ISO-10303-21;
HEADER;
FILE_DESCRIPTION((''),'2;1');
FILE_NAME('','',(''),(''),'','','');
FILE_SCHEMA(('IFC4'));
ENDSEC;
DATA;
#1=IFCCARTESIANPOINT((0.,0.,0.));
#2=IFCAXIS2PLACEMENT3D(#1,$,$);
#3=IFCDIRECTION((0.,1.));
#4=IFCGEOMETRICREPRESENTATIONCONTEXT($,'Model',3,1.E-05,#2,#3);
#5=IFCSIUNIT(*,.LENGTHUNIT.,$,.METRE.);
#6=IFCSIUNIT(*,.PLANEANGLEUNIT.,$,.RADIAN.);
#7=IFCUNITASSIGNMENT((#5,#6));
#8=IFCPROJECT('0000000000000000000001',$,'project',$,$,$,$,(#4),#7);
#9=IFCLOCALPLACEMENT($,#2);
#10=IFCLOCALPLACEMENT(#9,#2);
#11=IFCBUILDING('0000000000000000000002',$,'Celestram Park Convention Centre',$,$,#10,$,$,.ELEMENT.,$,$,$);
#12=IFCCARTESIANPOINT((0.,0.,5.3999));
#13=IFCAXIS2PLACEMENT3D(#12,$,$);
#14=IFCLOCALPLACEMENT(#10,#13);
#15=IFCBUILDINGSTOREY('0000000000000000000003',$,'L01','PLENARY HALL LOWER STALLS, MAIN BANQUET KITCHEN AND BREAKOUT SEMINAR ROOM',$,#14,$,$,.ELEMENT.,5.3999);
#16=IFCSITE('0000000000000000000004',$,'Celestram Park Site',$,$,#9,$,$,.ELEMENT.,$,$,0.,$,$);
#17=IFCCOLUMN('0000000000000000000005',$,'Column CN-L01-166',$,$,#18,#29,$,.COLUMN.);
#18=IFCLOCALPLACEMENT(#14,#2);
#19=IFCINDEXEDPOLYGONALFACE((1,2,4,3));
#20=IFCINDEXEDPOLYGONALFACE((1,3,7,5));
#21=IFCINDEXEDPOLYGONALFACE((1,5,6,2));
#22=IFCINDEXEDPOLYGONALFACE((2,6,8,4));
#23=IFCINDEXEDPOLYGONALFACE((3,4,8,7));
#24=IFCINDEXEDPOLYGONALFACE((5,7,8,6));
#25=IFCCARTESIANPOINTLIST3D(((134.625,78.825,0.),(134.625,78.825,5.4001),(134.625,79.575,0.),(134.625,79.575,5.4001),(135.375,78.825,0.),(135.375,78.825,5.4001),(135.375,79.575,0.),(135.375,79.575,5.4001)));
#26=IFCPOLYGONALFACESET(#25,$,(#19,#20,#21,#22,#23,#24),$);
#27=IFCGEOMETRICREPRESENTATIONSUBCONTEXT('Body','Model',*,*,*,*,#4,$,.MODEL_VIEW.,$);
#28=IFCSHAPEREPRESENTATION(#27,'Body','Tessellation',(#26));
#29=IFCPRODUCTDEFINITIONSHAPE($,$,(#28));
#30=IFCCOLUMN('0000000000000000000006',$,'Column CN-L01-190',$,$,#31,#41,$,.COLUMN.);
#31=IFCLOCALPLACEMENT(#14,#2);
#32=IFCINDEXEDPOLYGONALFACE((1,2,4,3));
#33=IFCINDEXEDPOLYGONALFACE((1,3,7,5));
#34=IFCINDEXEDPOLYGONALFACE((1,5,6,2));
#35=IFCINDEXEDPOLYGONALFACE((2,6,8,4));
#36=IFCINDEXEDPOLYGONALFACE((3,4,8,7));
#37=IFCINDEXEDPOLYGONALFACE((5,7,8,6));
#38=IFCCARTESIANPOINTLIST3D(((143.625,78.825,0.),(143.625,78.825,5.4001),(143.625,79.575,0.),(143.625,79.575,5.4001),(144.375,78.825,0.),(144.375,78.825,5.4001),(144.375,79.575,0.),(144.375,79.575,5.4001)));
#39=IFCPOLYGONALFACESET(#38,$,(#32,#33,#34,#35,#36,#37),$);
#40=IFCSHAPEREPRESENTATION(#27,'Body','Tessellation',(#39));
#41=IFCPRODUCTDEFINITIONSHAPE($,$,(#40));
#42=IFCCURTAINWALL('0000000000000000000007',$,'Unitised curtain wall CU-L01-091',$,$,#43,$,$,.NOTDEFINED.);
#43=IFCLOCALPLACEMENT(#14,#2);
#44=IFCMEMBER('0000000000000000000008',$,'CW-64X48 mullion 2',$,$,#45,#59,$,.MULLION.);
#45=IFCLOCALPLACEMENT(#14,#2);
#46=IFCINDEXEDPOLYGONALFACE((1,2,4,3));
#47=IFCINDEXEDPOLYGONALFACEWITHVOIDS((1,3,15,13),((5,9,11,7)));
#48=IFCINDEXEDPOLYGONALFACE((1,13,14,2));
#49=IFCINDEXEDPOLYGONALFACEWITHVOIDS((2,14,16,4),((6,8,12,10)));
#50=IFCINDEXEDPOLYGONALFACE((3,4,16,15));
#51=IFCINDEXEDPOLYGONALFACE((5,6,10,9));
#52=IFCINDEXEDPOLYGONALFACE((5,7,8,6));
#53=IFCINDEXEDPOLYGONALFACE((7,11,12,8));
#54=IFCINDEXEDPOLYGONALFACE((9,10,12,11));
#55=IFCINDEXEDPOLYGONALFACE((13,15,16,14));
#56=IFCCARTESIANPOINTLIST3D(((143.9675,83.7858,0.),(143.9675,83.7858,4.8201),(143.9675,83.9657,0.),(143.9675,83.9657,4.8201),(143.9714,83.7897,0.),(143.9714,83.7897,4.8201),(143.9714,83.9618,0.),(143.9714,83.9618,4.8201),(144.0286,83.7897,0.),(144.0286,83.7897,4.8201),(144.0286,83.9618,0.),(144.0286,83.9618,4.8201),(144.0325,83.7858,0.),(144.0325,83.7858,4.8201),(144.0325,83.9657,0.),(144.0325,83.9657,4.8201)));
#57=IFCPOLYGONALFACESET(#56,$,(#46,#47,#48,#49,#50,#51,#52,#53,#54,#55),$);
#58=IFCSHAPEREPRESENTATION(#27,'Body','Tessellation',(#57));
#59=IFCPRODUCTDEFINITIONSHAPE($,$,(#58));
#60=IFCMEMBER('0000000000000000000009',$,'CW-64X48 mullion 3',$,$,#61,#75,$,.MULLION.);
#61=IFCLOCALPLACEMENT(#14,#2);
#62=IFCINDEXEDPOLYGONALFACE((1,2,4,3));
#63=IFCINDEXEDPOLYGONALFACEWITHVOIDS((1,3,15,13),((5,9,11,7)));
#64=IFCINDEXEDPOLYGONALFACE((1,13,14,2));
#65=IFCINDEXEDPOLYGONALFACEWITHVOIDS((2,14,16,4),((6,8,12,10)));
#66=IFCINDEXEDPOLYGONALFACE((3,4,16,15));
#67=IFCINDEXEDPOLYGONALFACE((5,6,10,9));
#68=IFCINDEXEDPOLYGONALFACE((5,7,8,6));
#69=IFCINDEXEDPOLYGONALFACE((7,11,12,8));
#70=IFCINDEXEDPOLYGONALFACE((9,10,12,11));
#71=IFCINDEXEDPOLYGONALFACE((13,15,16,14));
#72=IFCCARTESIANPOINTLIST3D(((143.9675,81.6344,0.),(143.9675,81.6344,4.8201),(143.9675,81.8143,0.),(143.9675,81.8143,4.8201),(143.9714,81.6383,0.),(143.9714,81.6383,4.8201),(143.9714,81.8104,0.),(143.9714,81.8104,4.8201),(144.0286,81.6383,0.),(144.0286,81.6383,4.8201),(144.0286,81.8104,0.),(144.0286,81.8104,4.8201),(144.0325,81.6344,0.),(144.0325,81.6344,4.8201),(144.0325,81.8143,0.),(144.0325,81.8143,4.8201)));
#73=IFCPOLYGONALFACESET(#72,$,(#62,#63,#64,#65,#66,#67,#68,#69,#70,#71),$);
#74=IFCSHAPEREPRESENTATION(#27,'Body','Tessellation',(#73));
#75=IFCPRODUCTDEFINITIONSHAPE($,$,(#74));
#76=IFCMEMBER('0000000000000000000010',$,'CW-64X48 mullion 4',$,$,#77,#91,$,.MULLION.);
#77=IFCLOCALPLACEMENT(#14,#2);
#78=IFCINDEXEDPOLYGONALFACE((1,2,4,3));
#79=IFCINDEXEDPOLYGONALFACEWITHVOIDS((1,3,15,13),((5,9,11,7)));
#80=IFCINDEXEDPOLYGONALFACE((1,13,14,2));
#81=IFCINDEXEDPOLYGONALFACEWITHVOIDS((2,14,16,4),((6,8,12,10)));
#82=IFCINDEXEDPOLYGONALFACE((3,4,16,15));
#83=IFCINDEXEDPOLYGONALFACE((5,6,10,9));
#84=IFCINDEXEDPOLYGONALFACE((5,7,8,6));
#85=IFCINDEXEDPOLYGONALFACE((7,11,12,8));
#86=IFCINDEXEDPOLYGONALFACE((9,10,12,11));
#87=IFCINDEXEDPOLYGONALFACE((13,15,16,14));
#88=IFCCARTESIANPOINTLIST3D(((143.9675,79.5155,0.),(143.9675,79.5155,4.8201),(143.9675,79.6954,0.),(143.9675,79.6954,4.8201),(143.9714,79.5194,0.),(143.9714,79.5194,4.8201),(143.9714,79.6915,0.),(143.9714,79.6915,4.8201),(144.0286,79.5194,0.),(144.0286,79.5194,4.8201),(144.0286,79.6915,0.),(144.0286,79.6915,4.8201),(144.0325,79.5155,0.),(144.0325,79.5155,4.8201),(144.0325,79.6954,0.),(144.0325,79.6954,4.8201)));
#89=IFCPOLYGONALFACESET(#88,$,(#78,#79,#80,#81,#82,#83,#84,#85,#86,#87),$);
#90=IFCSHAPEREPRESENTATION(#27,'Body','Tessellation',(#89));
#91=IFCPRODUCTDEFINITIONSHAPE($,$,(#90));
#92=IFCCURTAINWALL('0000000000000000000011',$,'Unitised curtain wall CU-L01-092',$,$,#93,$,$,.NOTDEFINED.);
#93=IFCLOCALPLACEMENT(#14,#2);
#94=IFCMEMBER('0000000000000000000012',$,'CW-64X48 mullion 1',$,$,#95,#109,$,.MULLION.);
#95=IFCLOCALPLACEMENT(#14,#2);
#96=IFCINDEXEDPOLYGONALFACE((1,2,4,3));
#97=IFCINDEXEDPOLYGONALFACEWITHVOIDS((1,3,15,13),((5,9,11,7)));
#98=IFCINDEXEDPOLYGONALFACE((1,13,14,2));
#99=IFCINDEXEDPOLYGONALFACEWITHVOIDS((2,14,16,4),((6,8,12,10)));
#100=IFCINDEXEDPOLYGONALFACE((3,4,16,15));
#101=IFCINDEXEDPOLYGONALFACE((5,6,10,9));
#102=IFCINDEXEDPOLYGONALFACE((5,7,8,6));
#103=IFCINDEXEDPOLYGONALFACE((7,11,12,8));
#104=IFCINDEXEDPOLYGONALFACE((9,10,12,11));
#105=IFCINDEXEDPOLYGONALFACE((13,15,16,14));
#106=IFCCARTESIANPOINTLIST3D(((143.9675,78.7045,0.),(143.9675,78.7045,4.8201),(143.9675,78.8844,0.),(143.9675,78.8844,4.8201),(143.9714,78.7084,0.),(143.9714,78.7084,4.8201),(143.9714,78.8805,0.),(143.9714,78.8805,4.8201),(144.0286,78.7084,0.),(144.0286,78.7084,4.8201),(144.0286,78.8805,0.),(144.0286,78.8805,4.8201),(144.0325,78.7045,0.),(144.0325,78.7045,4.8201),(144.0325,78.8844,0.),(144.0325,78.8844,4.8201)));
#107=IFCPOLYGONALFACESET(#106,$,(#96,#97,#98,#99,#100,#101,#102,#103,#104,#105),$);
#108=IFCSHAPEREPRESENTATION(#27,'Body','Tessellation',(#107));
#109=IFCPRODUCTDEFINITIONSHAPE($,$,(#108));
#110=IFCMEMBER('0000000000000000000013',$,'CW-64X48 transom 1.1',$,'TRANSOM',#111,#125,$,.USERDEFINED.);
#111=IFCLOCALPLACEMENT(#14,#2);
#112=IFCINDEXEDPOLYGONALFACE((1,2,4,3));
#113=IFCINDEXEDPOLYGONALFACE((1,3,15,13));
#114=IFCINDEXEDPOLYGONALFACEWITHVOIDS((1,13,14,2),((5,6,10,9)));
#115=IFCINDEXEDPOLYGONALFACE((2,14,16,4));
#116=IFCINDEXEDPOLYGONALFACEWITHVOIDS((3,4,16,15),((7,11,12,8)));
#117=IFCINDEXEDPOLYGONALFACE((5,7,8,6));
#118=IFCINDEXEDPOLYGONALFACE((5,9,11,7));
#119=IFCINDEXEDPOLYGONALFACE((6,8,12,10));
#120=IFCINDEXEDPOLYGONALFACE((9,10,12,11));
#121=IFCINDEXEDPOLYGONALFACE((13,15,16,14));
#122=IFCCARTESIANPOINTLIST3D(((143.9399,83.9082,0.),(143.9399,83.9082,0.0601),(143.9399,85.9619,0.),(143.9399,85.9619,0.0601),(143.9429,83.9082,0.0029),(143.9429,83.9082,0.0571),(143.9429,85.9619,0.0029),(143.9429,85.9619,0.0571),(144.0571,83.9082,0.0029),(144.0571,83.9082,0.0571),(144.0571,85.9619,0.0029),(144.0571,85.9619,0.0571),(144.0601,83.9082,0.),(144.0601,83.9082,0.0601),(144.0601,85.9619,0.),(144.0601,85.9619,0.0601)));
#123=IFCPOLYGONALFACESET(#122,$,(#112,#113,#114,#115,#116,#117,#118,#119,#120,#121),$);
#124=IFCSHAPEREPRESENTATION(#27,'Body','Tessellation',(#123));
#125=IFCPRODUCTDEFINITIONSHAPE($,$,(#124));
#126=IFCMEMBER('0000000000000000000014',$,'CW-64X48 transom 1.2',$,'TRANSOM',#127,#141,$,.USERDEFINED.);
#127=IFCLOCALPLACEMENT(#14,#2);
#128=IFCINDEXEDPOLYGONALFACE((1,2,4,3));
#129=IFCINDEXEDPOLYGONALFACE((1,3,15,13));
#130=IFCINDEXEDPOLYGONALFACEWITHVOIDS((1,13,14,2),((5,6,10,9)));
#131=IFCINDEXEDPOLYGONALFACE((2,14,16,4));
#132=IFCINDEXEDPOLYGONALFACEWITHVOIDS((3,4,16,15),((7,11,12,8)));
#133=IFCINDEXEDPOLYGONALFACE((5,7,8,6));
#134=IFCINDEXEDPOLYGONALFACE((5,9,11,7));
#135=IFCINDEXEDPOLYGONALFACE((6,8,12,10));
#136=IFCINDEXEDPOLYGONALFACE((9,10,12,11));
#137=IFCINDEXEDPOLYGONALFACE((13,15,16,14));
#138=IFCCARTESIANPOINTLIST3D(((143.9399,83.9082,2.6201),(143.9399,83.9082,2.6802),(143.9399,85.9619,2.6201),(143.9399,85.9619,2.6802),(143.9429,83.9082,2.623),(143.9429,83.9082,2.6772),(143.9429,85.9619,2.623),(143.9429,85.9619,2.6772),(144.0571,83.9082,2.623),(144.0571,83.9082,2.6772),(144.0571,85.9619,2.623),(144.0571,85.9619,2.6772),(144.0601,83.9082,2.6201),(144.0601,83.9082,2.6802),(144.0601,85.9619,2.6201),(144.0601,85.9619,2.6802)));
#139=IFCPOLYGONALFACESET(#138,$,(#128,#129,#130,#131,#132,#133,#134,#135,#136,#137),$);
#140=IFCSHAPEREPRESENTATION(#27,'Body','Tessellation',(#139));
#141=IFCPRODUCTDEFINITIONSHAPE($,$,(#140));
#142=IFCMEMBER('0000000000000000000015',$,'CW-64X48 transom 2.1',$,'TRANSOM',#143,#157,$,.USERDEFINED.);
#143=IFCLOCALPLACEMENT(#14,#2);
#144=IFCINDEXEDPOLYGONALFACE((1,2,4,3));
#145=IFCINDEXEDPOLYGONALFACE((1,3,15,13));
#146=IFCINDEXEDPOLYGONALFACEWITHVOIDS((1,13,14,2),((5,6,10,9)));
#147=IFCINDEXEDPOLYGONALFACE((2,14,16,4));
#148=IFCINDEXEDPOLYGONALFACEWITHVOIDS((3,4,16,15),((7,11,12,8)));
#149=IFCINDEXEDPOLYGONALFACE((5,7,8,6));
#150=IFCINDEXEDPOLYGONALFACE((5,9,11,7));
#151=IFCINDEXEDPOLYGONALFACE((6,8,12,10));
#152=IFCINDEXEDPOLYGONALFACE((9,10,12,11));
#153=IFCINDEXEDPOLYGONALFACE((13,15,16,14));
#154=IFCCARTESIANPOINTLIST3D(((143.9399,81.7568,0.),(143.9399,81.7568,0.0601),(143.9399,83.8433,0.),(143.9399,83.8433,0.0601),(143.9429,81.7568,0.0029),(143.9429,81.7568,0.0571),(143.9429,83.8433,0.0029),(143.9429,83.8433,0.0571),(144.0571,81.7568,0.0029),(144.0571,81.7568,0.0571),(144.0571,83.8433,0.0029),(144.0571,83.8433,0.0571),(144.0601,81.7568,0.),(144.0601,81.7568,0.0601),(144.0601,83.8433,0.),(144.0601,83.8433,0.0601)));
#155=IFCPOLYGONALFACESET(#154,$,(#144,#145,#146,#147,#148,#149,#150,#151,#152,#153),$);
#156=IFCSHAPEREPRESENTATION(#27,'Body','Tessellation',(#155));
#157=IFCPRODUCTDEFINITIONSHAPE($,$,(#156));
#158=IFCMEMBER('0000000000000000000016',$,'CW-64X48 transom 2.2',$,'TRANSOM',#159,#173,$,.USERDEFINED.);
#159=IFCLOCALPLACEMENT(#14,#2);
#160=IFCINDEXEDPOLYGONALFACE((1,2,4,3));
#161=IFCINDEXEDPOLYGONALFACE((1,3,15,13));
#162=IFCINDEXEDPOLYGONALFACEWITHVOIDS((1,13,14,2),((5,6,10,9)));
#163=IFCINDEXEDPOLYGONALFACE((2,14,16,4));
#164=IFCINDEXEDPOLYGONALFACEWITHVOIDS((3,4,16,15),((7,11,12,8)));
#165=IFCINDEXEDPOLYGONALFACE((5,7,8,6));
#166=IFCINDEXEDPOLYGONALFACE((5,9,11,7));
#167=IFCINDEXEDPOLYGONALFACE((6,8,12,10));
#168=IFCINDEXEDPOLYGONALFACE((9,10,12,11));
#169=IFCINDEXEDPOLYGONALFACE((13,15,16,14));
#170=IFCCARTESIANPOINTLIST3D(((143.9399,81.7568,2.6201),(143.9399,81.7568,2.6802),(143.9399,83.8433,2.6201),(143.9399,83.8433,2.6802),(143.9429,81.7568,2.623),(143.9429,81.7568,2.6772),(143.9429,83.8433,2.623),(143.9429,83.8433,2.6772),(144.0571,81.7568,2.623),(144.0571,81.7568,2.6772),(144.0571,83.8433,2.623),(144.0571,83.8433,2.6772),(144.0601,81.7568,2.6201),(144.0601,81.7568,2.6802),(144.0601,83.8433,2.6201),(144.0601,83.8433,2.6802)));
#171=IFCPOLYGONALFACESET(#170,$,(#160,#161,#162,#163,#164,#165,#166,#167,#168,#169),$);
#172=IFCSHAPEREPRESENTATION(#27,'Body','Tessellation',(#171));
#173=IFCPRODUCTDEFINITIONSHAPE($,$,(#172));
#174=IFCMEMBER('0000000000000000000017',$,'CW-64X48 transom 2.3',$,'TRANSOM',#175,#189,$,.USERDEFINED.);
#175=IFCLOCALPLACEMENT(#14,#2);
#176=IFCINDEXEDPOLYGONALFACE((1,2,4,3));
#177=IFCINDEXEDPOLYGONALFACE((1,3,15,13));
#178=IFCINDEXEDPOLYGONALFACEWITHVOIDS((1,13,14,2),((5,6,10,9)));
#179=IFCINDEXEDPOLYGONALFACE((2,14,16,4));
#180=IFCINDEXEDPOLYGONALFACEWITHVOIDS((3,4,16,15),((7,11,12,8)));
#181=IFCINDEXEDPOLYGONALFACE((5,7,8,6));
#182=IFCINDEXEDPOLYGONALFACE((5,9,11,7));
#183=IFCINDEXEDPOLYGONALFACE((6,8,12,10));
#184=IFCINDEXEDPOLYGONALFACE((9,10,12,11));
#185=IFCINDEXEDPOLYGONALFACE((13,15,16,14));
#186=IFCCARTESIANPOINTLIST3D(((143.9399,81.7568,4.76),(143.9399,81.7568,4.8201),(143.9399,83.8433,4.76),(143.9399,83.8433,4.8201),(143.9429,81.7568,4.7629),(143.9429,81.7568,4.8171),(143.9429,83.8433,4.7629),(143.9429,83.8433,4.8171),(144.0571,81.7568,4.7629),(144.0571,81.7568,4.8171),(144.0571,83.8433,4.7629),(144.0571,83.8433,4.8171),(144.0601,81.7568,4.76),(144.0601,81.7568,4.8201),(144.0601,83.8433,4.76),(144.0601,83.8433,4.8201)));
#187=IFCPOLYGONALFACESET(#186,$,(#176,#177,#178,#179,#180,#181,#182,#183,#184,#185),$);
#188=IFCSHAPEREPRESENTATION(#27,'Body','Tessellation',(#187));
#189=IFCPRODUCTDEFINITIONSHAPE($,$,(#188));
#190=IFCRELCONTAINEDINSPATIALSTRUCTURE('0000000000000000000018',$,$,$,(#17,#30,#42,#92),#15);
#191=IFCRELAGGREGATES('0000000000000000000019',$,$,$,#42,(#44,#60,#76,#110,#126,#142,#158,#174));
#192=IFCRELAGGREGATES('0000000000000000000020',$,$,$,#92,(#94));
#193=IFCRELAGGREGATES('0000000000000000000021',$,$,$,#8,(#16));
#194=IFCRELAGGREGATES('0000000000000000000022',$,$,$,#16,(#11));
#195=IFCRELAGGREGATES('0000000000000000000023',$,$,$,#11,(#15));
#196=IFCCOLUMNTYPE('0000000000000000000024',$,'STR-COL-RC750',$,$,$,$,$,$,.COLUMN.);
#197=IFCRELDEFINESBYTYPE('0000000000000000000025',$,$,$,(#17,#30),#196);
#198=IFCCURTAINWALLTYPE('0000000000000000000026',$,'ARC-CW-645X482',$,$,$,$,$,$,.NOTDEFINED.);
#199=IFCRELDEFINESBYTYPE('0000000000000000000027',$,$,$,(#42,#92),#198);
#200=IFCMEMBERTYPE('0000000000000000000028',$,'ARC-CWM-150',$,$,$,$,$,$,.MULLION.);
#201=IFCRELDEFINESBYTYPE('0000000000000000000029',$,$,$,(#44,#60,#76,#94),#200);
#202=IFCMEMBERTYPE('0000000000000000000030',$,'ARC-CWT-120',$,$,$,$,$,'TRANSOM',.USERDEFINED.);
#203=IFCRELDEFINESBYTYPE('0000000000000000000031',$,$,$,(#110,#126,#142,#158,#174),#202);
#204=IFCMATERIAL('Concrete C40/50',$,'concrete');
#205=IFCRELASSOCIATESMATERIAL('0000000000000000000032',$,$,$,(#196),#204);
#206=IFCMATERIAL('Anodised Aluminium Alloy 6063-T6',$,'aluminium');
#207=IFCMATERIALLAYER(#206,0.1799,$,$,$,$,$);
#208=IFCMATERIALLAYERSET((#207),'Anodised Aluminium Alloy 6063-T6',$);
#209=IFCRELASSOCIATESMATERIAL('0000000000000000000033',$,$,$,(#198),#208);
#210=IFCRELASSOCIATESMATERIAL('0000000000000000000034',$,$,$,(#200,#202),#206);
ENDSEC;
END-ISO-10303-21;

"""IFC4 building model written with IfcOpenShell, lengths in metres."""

from ifc_helpers import new_model, si_unit, direction, frame, origin, origin_2d, place, context, subcontext, project, spatial, rectangle, hollow_rectangle, extrude, material, layer, layer_set, material_profile, profile_set, type_object, element, aggregate, save


model = new_model("IFC4")

# Units and contexts
model_context = context("Model", 3, precision=1e-05, world=origin(), true_north=direction((0.0, 1.0)))
body_context = subcontext(model_context, "Body", "Model", "MODEL_VIEW")
ifc_project = project(units=[si_unit("LENGTHUNIT", "METRE"), si_unit("PLANEANGLEUNIT", "RADIAN")], contexts=[model_context])

# Site, building, storey
site_placement = place(None, origin())
site = spatial("IfcSite", under=ifc_project, at=site_placement, Name="Celestram Park Site", CompositionType="ELEMENT", RefElevation=0.0)
building_placement = place(site_placement, origin())
building = spatial("IfcBuilding", under=site, at=building_placement, Name="Celestram Park Convention Centre", CompositionType="ELEMENT")
storey_placement = place(building_placement, frame((0.0, 0.0, 5.3999)))
storey = spatial("IfcBuildingStorey", under=building, at=storey_placement, Name="L01", Description="PLENARY HALL LOWER STALLS, MAIN BANQUET KITCHEN AND BREAKOUT SEMINAR ROOM", CompositionType="ELEMENT", Elevation=5.3999)

# Columns
ifc_material_1 = material(Name="Concrete C40/50", Category="concrete")
ifc_material_profile_1 = material_profile(ifc_material_1, rectangle(XDim=0.75, YDim=0.75, at=origin_2d()), Name="RC750X750")
ifc_profile_set_1 = profile_set([ifc_material_profile_1], Name="Concrete C40/50")
column_type = type_object("IfcColumnType", Name="STR-COL-RC750", PredefinedType="COLUMN", material=ifc_profile_set_1)
for number, where, z_axis, x_axis, name in (
    (1, (135.0, 79.2, 0.0), (0.0, 0.0, 1.0), (1.0, 0.0, 0.0), "Column CN-L01-166"),
    (2, (144.0, 79.2, 0.0), (0.0, 0.0, 1.0), (1.0, 0.0, 0.0), "Column CN-L01-190"),
):
    element("IfcColumn", number, at=place(storey_placement, frame(where, z_axis=z_axis, x_axis=x_axis)), inside=storey, type_object=column_type, Name=name, PredefinedType="COLUMN", context=body_context, shape_type="SweptSolid", body=[
        extrude(rectangle(XDim=0.75, YDim=0.75, at=origin_2d()), origin(), (0.0, 0.0, 1.0), 5.4001),
    ])

# Curtain wall, members
ifc_material_2 = material(Name="Anodised Aluminium Alloy 6063-T6", Category="aluminium")
ifc_layer_1 = layer(ifc_material_2, 0.1799)
ifc_layer_set_1 = layer_set([ifc_layer_1], Name="Anodised Aluminium Alloy 6063-T6")
curtain_wall_type = type_object("IfcCurtainWallType", Name="ARC-CW-645X482", PredefinedType="NOTDEFINED", material=ifc_layer_set_1)
curtain_wall_1_placement = place(storey_placement, origin())
curtain_wall_1 = element("IfcCurtainWall", 3, at=curtain_wall_1_placement, inside=storey, type_object=curtain_wall_type, Name="Unitised curtain wall CU-L01-091", PredefinedType="NOTDEFINED")
ifc_material_profile_2 = material_profile(ifc_material_2, hollow_rectangle(XDim=0.0649, YDim=0.1799, WallThickness=0.0039, at=origin_2d()), Name="ALU65X180X4")
ifc_profile_set_2 = profile_set([ifc_material_profile_2], Name="Anodised Aluminium Alloy 6063-T6")
member_type_1 = type_object("IfcMemberType", Name="ARC-CWM-150", PredefinedType="MULLION", material=ifc_profile_set_2)
member_1_placement = place(storey_placement, frame((144.0, 83.8757, 0.0), z_axis=(0.0, 0.0, 1.0), x_axis=(1.0, 0.0, 0.0)))
member_1 = element("IfcMember", 4, at=member_1_placement, type_object=member_type_1, Name="CW-64X48 mullion 2", PredefinedType="MULLION", context=body_context, shape_type="SweptSolid", body=[
    extrude(hollow_rectangle(XDim=0.0649, YDim=0.1799, WallThickness=0.0039, at=origin_2d()), origin(), (0.0, 0.0, 1.0), 4.8201),
])
member_2_placement = place(storey_placement, frame((144.0, 81.7244, 0.0), z_axis=(0.0, 0.0, 1.0), x_axis=(1.0, 0.0, 0.0)))
member_2 = element("IfcMember", 5, at=member_2_placement, type_object=member_type_1, Name="CW-64X48 mullion 3", PredefinedType="MULLION", context=body_context, shape_type="SweptSolid", body=[
    extrude(hollow_rectangle(XDim=0.0649, YDim=0.1799, WallThickness=0.0039, at=origin_2d()), origin(), (0.0, 0.0, 1.0), 4.8201),
])
member_3_placement = place(storey_placement, frame((144.0, 79.6055, 0.0), z_axis=(0.0, 0.0, 1.0), x_axis=(1.0, 0.0, 0.0)))
member_3 = element("IfcMember", 6, at=member_3_placement, type_object=member_type_1, Name="CW-64X48 mullion 4", PredefinedType="MULLION", context=body_context, shape_type="SweptSolid", body=[
    extrude(hollow_rectangle(XDim=0.0649, YDim=0.1799, WallThickness=0.0039, at=origin_2d()), origin(), (0.0, 0.0, 1.0), 4.8201),
])

# Curtain wall, member
curtain_wall_2_placement = place(storey_placement, origin())
curtain_wall_2 = element("IfcCurtainWall", 7, at=curtain_wall_2_placement, inside=storey, type_object=curtain_wall_type, Name="Unitised curtain wall CU-L01-092", PredefinedType="NOTDEFINED")
member_4_placement = place(storey_placement, frame((144.0, 78.7944, 0.0), z_axis=(0.0, 0.0, 1.0), x_axis=(1.0, 0.0, 0.0)))
member_4 = element("IfcMember", 8, at=member_4_placement, type_object=member_type_1, Name="CW-64X48 mullion 1", PredefinedType="MULLION", context=body_context, shape_type="SweptSolid", body=[
    extrude(hollow_rectangle(XDim=0.0649, YDim=0.1799, WallThickness=0.0039, at=origin_2d()), origin(), (0.0, 0.0, 1.0), 4.8201),
])

# Members
ifc_material_profile_3 = material_profile(ifc_material_2, hollow_rectangle(XDim=0.1201, YDim=0.0601, WallThickness=0.0029, at=origin_2d()), Name="ALU120X60X3")
ifc_profile_set_3 = profile_set([ifc_material_profile_3], Name="Anodised Aluminium Alloy 6063-T6")
member_type_2 = type_object("IfcMemberType", Name="ARC-CWT-120", ElementType="TRANSOM", PredefinedType="USERDEFINED", material=ifc_profile_set_3)
member_5_placement = place(storey_placement, frame((144.0, 85.9619, 0.03), z_axis=(0.0, -1.0, 0.0), x_axis=(1.0, 0.0, 0.0)))
member_5 = element("IfcMember", 9, at=member_5_placement, type_object=member_type_2, Name="CW-64X48 transom 1.1", ObjectType="TRANSOM", PredefinedType="USERDEFINED", context=body_context, shape_type="SweptSolid", body=[
    extrude(hollow_rectangle(XDim=0.1201, YDim=0.0601, WallThickness=0.0029, at=origin_2d()), origin(), (0.0, 0.0, 1.0), 2.0537),
])
member_6_placement = place(storey_placement, frame((144.0, 85.9619, 2.6501), z_axis=(0.0, -1.0, 0.0), x_axis=(1.0, 0.0, 0.0)))
member_6 = element("IfcMember", 10, at=member_6_placement, type_object=member_type_2, Name="CW-64X48 transom 1.2", ObjectType="TRANSOM", PredefinedType="USERDEFINED", context=body_context, shape_type="SweptSolid", body=[
    extrude(hollow_rectangle(XDim=0.1201, YDim=0.0601, WallThickness=0.0029, at=origin_2d()), origin(), (0.0, 0.0, 1.0), 2.0537),
])
member_7_placement = place(storey_placement, frame((144.0, 83.8433, 0.03), z_axis=(0.0, -1.0, 0.0), x_axis=(1.0, 0.0, 0.0)))
member_7 = element("IfcMember", 11, at=member_7_placement, type_object=member_type_2, Name="CW-64X48 transom 2.1", ObjectType="TRANSOM", PredefinedType="USERDEFINED", context=body_context, shape_type="SweptSolid", body=[
    extrude(hollow_rectangle(XDim=0.1201, YDim=0.0601, WallThickness=0.0029, at=origin_2d()), origin(), (0.0, 0.0, 1.0), 2.0864),
])
member_8_placement = place(storey_placement, frame((144.0, 83.8433, 2.6501), z_axis=(0.0, -1.0, 0.0), x_axis=(1.0, 0.0, 0.0)))
member_8 = element("IfcMember", 12, at=member_8_placement, type_object=member_type_2, Name="CW-64X48 transom 2.2", ObjectType="TRANSOM", PredefinedType="USERDEFINED", context=body_context, shape_type="SweptSolid", body=[
    extrude(hollow_rectangle(XDim=0.1201, YDim=0.0601, WallThickness=0.0029, at=origin_2d()), origin(), (0.0, 0.0, 1.0), 2.0864),
])
member_9_placement = place(storey_placement, frame((144.0, 83.8433, 4.79), z_axis=(0.0, -1.0, 0.0), x_axis=(1.0, 0.0, 0.0)))
member_9 = element("IfcMember", 13, at=member_9_placement, type_object=member_type_2, Name="CW-64X48 transom 2.3", ObjectType="TRANSOM", PredefinedType="USERDEFINED", context=body_context, shape_type="SweptSolid", body=[
    extrude(hollow_rectangle(XDim=0.1201, YDim=0.0601, WallThickness=0.0029, at=origin_2d()), origin(), (0.0, 0.0, 1.0), 2.0864),
])

aggregate(curtain_wall_1, [member_1, member_2, member_3, member_5, member_6, member_7, member_8, member_9])
aggregate(curtain_wall_2, [member_4])

save(model, "model.ifc")
